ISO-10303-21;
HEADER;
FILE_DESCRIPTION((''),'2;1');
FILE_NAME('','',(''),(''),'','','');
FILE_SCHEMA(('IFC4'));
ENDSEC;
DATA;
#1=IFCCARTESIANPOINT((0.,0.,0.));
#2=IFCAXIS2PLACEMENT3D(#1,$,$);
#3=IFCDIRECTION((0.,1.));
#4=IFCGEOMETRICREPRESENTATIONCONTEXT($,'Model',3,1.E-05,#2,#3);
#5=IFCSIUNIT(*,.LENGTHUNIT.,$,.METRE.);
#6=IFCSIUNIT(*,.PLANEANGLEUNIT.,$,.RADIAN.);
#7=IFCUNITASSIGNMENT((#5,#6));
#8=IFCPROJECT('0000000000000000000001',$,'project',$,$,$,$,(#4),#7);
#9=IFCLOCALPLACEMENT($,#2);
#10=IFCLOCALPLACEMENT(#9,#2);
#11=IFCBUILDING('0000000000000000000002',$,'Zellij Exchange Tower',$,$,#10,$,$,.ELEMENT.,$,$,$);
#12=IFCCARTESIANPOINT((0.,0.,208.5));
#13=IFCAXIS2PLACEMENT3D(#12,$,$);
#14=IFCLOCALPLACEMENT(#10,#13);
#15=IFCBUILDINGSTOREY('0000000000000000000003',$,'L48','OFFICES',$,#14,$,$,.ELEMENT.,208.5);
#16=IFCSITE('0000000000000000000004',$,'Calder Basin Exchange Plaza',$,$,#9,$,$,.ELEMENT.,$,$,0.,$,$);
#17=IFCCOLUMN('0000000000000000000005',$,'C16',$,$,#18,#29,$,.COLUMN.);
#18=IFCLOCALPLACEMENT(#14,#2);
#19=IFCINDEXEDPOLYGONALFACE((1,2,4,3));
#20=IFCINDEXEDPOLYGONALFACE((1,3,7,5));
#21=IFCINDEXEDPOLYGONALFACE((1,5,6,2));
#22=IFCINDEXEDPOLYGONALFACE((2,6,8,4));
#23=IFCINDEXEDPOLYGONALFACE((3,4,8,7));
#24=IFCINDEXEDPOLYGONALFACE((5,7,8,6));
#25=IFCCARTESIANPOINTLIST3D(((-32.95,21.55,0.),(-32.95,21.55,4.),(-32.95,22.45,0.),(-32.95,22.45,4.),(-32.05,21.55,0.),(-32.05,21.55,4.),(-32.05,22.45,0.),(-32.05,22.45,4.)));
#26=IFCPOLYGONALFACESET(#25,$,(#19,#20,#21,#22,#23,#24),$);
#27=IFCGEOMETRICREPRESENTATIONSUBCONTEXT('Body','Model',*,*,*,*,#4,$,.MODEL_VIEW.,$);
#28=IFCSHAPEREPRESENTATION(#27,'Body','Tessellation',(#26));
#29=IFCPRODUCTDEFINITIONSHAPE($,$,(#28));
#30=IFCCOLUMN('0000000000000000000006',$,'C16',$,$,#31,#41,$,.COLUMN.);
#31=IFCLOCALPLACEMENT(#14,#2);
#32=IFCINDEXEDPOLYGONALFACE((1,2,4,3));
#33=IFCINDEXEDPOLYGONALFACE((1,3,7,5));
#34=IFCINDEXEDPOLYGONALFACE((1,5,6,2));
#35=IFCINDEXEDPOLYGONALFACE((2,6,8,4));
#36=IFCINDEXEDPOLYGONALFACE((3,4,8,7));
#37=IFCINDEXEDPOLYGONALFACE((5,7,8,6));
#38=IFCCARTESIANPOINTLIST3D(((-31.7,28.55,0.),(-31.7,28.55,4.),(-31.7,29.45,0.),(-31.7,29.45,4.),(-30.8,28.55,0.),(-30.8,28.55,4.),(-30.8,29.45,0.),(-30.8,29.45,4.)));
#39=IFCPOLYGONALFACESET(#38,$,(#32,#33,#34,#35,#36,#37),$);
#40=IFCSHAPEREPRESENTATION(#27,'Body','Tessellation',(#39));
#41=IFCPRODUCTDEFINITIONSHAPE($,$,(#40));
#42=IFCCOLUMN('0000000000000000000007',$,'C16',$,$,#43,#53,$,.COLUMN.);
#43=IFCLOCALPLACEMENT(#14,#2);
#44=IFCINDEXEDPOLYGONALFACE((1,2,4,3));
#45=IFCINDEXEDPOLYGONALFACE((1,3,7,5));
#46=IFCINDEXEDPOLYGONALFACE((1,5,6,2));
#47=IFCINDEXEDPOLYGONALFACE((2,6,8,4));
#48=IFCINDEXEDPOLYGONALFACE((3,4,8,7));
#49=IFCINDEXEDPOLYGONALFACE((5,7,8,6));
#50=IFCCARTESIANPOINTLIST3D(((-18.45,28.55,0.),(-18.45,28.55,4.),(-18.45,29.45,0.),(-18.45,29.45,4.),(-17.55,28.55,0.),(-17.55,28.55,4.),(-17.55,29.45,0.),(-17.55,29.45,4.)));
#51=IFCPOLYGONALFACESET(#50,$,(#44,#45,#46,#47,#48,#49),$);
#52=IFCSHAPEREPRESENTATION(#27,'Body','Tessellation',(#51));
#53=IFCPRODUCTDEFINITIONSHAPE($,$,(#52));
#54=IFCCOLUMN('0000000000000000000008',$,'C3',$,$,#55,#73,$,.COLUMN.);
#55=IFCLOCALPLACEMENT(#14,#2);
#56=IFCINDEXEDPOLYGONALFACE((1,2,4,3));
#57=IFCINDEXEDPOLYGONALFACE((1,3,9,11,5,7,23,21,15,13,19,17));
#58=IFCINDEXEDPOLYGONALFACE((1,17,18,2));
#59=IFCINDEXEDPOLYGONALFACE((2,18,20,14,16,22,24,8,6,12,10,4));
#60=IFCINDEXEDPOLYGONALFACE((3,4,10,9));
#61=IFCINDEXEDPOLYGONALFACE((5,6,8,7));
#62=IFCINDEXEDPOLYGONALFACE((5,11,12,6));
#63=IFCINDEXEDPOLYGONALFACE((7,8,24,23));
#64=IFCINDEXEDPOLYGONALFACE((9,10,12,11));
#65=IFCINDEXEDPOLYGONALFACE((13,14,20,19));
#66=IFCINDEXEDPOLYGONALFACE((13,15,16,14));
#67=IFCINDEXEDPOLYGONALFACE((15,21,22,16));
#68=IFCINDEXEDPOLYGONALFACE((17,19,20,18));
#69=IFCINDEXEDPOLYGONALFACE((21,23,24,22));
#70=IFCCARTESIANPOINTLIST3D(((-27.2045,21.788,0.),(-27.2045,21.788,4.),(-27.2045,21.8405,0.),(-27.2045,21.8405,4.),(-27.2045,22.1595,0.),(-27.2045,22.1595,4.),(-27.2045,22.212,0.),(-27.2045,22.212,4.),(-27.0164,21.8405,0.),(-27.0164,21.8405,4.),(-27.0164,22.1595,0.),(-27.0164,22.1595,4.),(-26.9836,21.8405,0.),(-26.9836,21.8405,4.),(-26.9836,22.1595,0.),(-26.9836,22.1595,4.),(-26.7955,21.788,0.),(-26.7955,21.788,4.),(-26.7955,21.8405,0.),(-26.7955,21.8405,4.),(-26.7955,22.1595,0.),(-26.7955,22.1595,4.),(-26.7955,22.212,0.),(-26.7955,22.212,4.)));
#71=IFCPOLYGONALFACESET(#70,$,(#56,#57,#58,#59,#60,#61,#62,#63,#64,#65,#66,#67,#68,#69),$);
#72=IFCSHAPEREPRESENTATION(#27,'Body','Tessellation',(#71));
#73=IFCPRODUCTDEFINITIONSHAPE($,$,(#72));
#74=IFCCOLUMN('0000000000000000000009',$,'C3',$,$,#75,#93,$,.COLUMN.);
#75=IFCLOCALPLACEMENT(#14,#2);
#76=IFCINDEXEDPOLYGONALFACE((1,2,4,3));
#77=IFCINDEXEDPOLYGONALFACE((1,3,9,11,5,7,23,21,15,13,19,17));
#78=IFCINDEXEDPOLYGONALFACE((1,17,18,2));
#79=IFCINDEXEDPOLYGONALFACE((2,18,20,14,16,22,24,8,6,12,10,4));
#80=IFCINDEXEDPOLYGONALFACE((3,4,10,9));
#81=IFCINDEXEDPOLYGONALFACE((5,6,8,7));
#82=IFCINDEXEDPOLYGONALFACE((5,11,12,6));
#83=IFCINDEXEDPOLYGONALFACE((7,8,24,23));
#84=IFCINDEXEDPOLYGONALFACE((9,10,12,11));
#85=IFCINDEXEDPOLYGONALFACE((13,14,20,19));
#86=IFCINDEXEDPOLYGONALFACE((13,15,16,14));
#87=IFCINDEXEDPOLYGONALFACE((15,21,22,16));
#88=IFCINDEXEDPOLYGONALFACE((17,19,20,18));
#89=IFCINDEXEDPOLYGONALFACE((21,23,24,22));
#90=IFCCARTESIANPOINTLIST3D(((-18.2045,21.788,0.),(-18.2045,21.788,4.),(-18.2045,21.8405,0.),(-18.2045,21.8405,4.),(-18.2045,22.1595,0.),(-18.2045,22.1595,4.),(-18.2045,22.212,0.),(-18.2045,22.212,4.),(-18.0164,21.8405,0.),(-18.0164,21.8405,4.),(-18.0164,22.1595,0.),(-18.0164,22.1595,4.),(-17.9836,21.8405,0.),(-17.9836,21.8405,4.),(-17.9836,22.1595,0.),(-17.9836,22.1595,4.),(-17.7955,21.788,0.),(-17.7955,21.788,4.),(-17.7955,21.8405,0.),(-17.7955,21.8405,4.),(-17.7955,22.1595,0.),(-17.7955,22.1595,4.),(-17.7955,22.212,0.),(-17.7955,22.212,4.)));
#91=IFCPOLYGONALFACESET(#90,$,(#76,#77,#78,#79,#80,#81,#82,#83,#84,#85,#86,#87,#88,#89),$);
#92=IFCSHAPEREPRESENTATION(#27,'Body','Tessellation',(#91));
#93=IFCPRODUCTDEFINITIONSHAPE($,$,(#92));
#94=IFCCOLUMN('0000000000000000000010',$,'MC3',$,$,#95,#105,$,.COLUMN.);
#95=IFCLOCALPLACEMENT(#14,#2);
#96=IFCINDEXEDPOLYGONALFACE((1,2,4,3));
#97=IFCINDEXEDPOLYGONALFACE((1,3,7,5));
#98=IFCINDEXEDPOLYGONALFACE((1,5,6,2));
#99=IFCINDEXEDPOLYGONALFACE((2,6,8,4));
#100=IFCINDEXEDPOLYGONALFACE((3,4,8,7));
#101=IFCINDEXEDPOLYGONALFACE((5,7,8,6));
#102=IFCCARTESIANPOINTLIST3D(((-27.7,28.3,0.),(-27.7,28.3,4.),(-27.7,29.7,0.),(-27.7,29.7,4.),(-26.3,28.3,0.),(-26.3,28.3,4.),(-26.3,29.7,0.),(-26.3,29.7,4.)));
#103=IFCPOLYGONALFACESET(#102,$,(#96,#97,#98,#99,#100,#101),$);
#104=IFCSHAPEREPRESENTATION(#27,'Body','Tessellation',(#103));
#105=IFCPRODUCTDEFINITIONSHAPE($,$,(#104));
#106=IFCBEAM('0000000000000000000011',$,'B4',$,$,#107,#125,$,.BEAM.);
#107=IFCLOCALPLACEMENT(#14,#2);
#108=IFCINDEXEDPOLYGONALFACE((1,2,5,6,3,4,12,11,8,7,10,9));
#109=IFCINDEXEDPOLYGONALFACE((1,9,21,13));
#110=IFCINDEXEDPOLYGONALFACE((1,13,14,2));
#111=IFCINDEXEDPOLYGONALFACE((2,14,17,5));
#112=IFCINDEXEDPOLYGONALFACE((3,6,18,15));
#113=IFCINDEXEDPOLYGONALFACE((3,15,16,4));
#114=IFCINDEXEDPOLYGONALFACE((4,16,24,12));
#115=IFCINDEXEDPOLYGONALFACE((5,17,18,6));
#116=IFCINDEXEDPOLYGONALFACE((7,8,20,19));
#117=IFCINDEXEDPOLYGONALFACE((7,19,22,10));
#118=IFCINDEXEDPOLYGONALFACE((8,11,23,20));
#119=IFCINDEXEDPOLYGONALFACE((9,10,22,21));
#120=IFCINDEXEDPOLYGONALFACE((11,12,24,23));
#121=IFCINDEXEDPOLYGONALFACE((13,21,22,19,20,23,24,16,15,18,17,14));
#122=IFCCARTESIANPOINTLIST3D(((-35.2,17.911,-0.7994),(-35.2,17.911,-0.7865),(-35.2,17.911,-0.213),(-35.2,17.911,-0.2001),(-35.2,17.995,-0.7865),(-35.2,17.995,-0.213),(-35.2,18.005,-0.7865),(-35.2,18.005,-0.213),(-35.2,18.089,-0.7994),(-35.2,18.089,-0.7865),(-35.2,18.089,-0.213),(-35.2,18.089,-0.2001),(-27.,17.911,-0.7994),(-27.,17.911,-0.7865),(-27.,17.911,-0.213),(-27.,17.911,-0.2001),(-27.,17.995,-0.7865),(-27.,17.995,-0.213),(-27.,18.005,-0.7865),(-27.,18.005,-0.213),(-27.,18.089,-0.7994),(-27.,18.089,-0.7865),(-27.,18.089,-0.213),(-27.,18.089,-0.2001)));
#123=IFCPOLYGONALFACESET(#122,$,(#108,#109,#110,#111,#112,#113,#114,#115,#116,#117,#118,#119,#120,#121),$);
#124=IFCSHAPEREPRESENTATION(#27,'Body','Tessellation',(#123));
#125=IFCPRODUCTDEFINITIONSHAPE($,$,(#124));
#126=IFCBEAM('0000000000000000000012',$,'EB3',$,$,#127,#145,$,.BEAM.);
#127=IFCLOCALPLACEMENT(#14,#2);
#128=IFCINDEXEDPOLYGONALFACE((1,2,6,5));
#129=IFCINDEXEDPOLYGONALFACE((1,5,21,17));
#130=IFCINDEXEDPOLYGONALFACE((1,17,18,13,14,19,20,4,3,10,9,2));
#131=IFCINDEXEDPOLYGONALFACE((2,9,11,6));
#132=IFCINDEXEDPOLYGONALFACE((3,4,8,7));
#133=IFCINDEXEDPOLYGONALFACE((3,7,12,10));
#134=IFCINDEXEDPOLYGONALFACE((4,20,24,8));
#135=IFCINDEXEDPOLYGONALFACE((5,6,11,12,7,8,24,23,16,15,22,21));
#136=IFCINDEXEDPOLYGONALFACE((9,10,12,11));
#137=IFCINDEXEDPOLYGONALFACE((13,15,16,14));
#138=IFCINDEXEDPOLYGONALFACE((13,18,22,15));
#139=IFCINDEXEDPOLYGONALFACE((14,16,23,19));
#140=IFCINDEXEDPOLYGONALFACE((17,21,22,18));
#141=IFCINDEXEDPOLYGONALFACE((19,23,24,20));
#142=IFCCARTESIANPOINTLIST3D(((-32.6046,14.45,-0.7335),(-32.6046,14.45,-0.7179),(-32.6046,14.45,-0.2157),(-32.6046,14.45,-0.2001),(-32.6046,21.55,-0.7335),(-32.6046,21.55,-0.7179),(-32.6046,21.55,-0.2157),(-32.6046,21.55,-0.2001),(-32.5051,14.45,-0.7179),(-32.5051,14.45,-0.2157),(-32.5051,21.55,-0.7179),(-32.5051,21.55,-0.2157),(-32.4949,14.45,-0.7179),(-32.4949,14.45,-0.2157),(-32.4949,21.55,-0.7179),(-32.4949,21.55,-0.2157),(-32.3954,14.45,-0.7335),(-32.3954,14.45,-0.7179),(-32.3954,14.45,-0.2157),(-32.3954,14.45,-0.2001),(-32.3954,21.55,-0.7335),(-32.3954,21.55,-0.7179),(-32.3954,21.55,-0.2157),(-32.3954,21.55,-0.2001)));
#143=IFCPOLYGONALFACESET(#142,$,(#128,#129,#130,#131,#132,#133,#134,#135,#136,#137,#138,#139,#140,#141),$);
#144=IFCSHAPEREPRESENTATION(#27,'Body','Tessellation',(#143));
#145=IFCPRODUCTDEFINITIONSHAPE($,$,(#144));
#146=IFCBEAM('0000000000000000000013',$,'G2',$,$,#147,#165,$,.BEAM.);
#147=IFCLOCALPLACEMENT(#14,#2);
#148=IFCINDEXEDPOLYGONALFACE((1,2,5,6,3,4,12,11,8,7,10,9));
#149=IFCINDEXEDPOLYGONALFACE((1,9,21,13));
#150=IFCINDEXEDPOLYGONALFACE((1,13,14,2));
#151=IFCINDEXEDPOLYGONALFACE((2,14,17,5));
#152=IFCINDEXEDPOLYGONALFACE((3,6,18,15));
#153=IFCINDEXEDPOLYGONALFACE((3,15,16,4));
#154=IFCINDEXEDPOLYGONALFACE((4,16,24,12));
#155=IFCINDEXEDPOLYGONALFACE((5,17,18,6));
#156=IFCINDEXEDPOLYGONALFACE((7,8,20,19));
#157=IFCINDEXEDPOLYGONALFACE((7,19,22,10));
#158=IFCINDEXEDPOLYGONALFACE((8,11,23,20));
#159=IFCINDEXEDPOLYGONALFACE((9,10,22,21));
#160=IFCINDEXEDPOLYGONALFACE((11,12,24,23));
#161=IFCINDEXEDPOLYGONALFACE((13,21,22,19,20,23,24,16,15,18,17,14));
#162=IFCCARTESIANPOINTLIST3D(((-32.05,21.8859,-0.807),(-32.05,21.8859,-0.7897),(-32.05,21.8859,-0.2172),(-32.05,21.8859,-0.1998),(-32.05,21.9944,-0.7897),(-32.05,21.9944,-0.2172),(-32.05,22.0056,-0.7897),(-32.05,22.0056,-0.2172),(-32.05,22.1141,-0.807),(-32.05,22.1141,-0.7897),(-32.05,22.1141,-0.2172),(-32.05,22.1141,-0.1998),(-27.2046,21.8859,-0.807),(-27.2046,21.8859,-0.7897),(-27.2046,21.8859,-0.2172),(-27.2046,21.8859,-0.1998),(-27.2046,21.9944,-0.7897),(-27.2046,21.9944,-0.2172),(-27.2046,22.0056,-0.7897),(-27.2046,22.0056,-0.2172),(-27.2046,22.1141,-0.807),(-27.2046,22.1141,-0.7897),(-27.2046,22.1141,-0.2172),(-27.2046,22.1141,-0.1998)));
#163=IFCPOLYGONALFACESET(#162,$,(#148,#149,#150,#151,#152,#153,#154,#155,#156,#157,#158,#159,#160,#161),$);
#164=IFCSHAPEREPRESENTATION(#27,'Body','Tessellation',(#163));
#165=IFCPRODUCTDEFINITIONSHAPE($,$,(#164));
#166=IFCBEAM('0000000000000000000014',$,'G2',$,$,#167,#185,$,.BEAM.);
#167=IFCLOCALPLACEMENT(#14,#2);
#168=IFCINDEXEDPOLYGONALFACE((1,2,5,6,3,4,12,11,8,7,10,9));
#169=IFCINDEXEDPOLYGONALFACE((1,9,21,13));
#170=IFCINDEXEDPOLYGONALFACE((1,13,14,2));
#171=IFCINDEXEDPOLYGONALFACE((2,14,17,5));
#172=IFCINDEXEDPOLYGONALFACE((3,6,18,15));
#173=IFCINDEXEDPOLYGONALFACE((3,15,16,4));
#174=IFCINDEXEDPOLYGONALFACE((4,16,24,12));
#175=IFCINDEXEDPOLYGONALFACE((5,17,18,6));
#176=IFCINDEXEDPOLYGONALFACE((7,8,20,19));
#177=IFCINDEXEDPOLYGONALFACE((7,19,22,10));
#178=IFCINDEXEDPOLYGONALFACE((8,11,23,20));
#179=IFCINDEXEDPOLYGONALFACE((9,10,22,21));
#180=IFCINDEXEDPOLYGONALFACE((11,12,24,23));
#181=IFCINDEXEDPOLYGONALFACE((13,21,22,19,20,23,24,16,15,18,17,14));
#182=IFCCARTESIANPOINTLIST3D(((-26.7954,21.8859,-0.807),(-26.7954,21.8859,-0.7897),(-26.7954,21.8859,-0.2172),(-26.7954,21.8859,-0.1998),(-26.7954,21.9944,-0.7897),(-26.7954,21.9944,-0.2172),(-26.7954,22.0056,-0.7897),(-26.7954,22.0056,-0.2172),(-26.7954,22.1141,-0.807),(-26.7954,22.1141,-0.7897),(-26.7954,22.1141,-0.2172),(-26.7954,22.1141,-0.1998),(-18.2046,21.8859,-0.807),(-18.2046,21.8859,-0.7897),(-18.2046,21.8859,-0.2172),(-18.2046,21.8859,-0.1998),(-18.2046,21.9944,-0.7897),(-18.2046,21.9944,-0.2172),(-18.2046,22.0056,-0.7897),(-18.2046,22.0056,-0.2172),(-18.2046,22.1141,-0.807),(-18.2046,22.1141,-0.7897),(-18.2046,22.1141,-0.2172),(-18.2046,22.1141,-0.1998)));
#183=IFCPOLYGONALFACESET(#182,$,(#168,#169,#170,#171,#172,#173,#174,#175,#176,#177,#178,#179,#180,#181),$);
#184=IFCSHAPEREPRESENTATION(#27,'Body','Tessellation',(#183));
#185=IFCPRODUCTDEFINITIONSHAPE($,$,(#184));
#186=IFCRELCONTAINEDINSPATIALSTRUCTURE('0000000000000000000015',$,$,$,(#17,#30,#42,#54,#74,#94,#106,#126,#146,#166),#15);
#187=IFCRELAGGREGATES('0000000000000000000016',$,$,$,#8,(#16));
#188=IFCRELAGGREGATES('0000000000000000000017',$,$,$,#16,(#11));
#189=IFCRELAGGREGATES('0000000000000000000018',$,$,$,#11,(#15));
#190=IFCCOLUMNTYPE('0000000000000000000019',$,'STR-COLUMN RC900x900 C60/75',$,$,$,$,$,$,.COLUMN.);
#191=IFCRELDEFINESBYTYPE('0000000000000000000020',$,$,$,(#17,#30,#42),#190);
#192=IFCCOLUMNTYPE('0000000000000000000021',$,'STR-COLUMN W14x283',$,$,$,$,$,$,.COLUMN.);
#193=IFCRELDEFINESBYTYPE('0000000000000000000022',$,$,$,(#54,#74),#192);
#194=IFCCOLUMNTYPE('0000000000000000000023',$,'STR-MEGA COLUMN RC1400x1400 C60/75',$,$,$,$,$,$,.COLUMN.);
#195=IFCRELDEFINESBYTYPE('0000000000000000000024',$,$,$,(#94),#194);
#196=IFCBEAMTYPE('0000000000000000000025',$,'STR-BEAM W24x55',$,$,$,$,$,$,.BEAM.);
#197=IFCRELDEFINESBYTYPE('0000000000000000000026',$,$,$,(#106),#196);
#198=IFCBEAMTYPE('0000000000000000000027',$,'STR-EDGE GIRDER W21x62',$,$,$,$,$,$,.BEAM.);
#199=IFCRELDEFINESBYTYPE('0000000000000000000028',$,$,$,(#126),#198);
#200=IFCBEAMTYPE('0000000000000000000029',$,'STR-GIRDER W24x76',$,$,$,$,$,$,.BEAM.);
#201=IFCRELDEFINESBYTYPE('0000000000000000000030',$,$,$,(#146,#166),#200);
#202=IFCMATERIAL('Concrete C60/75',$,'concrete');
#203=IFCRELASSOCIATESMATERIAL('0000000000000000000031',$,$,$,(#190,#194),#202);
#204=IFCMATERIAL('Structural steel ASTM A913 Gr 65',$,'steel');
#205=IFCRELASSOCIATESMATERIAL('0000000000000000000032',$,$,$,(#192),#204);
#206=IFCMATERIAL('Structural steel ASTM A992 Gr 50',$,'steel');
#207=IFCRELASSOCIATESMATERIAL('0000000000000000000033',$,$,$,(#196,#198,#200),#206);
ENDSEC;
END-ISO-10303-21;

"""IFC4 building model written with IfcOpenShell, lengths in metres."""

from ifc_helpers import new_model, si_unit, direction, frame, origin, origin_2d, place, context, subcontext, project, spatial, rectangle, i_section, extrude, material, material_profile, profile_set, type_object, element, save


model = new_model("IFC4")

# Units and contexts
model_context = context("Model", 3, precision=1e-05, world=origin(), true_north=direction((0.0, 1.0)))
body_context = subcontext(model_context, "Body", "Model", "MODEL_VIEW")
ifc_project = project(units=[si_unit("LENGTHUNIT", "METRE"), si_unit("PLANEANGLEUNIT", "RADIAN")], contexts=[model_context])

# Site, building, storey
site_placement = place(None, origin())
site = spatial("IfcSite", under=ifc_project, at=site_placement, Name="Calder Basin Exchange Plaza", CompositionType="ELEMENT", RefElevation=0.0)
building_placement = place(site_placement, origin())
building = spatial("IfcBuilding", under=site, at=building_placement, Name="Zellij Exchange Tower", CompositionType="ELEMENT")
storey_placement = place(building_placement, frame((0.0, 0.0, 208.5)))
storey = spatial("IfcBuildingStorey", under=building, at=storey_placement, Name="L48", Description="OFFICES", CompositionType="ELEMENT", Elevation=208.5)

# Columns
ifc_material_1 = material(Name="Concrete C60/75", Category="concrete")
ifc_material_profile_1 = material_profile(ifc_material_1, rectangle(XDim=0.8999, YDim=0.8999, at=origin_2d()), Name="STR-COLUMN RC900x900 C60/75")
ifc_profile_set_1 = profile_set([ifc_material_profile_1], Name="Concrete C60/75")
column_type_1 = type_object("IfcColumnType", Name="STR-COLUMN RC900x900 C60/75", PredefinedType="COLUMN", material=ifc_profile_set_1)
for number, where, z_axis, x_axis, name in (
    (1, (-32.5, 22.0, 0.0), (0.0, 0.0, 1.0), (1.0, 0.0, 0.0), "C16"),
    (2, (-31.25, 29.0, 0.0), (0.0, 0.0, 1.0), (1.0, 0.0, 0.0), "C16"),
    (3, (-18.0, 29.0, 0.0), (0.0, 0.0, 1.0), (1.0, 0.0, 0.0), "C16"),
):
    element("IfcColumn", number, at=place(storey_placement, frame(where, z_axis=z_axis, x_axis=x_axis)), inside=storey, type_object=column_type_1, Name=name, PredefinedType="COLUMN", context=body_context, shape_type="SweptSolid", body=[
        extrude(rectangle(XDim=0.8999, YDim=0.8999, at=origin_2d()), origin(), (0.0, 0.0, 1.0), 4.0),
    ])
ifc_material_2 = material(Name="Structural steel ASTM A913 Gr 65", Category="steel")
ifc_material_profile_2 = material_profile(ifc_material_2, i_section(OverallWidth=0.4089, OverallDepth=0.4241, WebThickness=0.0327, FlangeThickness=0.0525, at=origin_2d()), Name="W14x283")
ifc_profile_set_2 = profile_set([ifc_material_profile_2], Name="Structural steel ASTM A913 Gr 65")
column_type_2 = type_object("IfcColumnType", Name="STR-COLUMN W14x283", PredefinedType="COLUMN", material=ifc_profile_set_2)
for number, where, z_axis, x_axis, name in (
    (4, (-27.0, 22.0, 0.0), (0.0, 0.0, 1.0), (1.0, 0.0, 0.0), "C3"),
    (5, (-18.0, 22.0, 0.0), (0.0, 0.0, 1.0), (1.0, 0.0, 0.0), "C3"),
):
    element("IfcColumn", number, at=place(storey_placement, frame(where, z_axis=z_axis, x_axis=x_axis)), inside=storey, type_object=column_type_2, Name=name, PredefinedType="COLUMN", context=body_context, shape_type="SweptSolid", body=[
        extrude(i_section(OverallWidth=0.4089, OverallDepth=0.4241, WebThickness=0.0327, FlangeThickness=0.0525, at=origin_2d()), origin(), (0.0, 0.0, 1.0), 4.0),
    ])
ifc_material_profile_3 = material_profile(ifc_material_1, rectangle(XDim=1.3999, YDim=1.3999, at=origin_2d()), Name="STR-MEGA COLUMN RC1400x1400 C60/75")
ifc_profile_set_3 = profile_set([ifc_material_profile_3], Name="Concrete C60/75")
column_type_3 = type_object("IfcColumnType", Name="STR-MEGA COLUMN RC1400x1400 C60/75", PredefinedType="COLUMN", material=ifc_profile_set_3)
column_placement = place(storey_placement, frame((-27.0, 29.0, 0.0), z_axis=(0.0, 0.0, 1.0), x_axis=(1.0, 0.0, 0.0)))
element("IfcColumn", 6, at=column_placement, inside=storey, type_object=column_type_3, Name="MC3", PredefinedType="COLUMN", context=body_context, shape_type="SweptSolid", body=[
    extrude(rectangle(XDim=1.3999, YDim=1.3999, at=origin_2d()), origin(), (0.0, 0.0, 1.0), 4.0),
])

# Beams
ifc_material_3 = material(Name="Structural steel ASTM A992 Gr 50", Category="steel")
ifc_material_profile_4 = material_profile(ifc_material_3, i_section(OverallWidth=0.178, OverallDepth=0.5994, WebThickness=0.01, FlangeThickness=0.0129, at=origin_2d()), Name="W24x55")
ifc_profile_set_4 = profile_set([ifc_material_profile_4], Name="Structural steel ASTM A992 Gr 50")
beam_type_1 = type_object("IfcBeamType", Name="STR-BEAM W24x55", PredefinedType="BEAM", material=ifc_profile_set_4)
beam_1_placement = place(storey_placement, frame((-35.2, 18.0, -0.4998), z_axis=(1.0, 0.0, 0.0), x_axis=(0.0, 1.0, 0.0)))
element("IfcBeam", 7, at=beam_1_placement, inside=storey, type_object=beam_type_1, Name="B4", PredefinedType="BEAM", context=body_context, shape_type="SweptSolid", body=[
    extrude(i_section(OverallWidth=0.178, OverallDepth=0.5994, WebThickness=0.01, FlangeThickness=0.0129, at=origin_2d()), origin(), (0.0, 0.0, 1.0), 8.2),
])
ifc_material_profile_5 = material_profile(ifc_material_3, i_section(OverallWidth=0.2092, OverallDepth=0.5334, WebThickness=0.0103, FlangeThickness=0.0156, at=origin_2d()), Name="W21x62")
ifc_profile_set_5 = profile_set([ifc_material_profile_5], Name="Structural steel ASTM A992 Gr 50")
beam_type_2 = type_object("IfcBeamType", Name="STR-EDGE GIRDER W21x62", PredefinedType="BEAM", material=ifc_profile_set_5)
beam_2_placement = place(storey_placement, frame((-32.5, 14.45, -0.4668), z_axis=(0.0, 1.0, 0.0), x_axis=(-1.0, 0.0, 0.0)))
element("IfcBeam", 8, at=beam_2_placement, inside=storey, type_object=beam_type_2, Name="EB3", PredefinedType="BEAM", context=body_context, shape_type="SweptSolid", body=[
    extrude(i_section(OverallWidth=0.2092, OverallDepth=0.5334, WebThickness=0.0103, FlangeThickness=0.0156, at=origin_2d()), origin(), (0.0, 0.0, 1.0), 7.1001),
])
ifc_material_profile_6 = material_profile(ifc_material_3, i_section(OverallWidth=0.2283, OverallDepth=0.6072, WebThickness=0.0112, FlangeThickness=0.0173, at=origin_2d()), Name="W24x76")
ifc_profile_set_6 = profile_set([ifc_material_profile_6], Name="Structural steel ASTM A992 Gr 50")
beam_type_3 = type_object("IfcBeamType", Name="STR-GIRDER W24x76", PredefinedType="BEAM", material=ifc_profile_set_6)
beam_3_placement = place(storey_placement, frame((-32.05, 22.0, -0.5034), z_axis=(1.0, 0.0, 0.0), x_axis=(0.0, 1.0, 0.0)))
element("IfcBeam", 9, at=beam_3_placement, inside=storey, type_object=beam_type_3, Name="G2", PredefinedType="BEAM", context=body_context, shape_type="SweptSolid", body=[
    extrude(i_section(OverallWidth=0.2283, OverallDepth=0.6072, WebThickness=0.0112, FlangeThickness=0.0173, at=origin_2d()), origin(), (0.0, 0.0, 1.0), 4.8455),
])
beam_4_placement = place(storey_placement, frame((-26.7954, 22.0, -0.5034), z_axis=(1.0, 0.0, 0.0), x_axis=(0.0, 1.0, 0.0)))
element("IfcBeam", 10, at=beam_4_placement, inside=storey, type_object=beam_type_3, Name="G2", PredefinedType="BEAM", context=body_context, shape_type="SweptSolid", body=[
    extrude(i_section(OverallWidth=0.2283, OverallDepth=0.6072, WebThickness=0.0112, FlangeThickness=0.0173, at=origin_2d()), origin(), (0.0, 0.0, 1.0), 8.5908),
])

save(model, "model.ifc")
